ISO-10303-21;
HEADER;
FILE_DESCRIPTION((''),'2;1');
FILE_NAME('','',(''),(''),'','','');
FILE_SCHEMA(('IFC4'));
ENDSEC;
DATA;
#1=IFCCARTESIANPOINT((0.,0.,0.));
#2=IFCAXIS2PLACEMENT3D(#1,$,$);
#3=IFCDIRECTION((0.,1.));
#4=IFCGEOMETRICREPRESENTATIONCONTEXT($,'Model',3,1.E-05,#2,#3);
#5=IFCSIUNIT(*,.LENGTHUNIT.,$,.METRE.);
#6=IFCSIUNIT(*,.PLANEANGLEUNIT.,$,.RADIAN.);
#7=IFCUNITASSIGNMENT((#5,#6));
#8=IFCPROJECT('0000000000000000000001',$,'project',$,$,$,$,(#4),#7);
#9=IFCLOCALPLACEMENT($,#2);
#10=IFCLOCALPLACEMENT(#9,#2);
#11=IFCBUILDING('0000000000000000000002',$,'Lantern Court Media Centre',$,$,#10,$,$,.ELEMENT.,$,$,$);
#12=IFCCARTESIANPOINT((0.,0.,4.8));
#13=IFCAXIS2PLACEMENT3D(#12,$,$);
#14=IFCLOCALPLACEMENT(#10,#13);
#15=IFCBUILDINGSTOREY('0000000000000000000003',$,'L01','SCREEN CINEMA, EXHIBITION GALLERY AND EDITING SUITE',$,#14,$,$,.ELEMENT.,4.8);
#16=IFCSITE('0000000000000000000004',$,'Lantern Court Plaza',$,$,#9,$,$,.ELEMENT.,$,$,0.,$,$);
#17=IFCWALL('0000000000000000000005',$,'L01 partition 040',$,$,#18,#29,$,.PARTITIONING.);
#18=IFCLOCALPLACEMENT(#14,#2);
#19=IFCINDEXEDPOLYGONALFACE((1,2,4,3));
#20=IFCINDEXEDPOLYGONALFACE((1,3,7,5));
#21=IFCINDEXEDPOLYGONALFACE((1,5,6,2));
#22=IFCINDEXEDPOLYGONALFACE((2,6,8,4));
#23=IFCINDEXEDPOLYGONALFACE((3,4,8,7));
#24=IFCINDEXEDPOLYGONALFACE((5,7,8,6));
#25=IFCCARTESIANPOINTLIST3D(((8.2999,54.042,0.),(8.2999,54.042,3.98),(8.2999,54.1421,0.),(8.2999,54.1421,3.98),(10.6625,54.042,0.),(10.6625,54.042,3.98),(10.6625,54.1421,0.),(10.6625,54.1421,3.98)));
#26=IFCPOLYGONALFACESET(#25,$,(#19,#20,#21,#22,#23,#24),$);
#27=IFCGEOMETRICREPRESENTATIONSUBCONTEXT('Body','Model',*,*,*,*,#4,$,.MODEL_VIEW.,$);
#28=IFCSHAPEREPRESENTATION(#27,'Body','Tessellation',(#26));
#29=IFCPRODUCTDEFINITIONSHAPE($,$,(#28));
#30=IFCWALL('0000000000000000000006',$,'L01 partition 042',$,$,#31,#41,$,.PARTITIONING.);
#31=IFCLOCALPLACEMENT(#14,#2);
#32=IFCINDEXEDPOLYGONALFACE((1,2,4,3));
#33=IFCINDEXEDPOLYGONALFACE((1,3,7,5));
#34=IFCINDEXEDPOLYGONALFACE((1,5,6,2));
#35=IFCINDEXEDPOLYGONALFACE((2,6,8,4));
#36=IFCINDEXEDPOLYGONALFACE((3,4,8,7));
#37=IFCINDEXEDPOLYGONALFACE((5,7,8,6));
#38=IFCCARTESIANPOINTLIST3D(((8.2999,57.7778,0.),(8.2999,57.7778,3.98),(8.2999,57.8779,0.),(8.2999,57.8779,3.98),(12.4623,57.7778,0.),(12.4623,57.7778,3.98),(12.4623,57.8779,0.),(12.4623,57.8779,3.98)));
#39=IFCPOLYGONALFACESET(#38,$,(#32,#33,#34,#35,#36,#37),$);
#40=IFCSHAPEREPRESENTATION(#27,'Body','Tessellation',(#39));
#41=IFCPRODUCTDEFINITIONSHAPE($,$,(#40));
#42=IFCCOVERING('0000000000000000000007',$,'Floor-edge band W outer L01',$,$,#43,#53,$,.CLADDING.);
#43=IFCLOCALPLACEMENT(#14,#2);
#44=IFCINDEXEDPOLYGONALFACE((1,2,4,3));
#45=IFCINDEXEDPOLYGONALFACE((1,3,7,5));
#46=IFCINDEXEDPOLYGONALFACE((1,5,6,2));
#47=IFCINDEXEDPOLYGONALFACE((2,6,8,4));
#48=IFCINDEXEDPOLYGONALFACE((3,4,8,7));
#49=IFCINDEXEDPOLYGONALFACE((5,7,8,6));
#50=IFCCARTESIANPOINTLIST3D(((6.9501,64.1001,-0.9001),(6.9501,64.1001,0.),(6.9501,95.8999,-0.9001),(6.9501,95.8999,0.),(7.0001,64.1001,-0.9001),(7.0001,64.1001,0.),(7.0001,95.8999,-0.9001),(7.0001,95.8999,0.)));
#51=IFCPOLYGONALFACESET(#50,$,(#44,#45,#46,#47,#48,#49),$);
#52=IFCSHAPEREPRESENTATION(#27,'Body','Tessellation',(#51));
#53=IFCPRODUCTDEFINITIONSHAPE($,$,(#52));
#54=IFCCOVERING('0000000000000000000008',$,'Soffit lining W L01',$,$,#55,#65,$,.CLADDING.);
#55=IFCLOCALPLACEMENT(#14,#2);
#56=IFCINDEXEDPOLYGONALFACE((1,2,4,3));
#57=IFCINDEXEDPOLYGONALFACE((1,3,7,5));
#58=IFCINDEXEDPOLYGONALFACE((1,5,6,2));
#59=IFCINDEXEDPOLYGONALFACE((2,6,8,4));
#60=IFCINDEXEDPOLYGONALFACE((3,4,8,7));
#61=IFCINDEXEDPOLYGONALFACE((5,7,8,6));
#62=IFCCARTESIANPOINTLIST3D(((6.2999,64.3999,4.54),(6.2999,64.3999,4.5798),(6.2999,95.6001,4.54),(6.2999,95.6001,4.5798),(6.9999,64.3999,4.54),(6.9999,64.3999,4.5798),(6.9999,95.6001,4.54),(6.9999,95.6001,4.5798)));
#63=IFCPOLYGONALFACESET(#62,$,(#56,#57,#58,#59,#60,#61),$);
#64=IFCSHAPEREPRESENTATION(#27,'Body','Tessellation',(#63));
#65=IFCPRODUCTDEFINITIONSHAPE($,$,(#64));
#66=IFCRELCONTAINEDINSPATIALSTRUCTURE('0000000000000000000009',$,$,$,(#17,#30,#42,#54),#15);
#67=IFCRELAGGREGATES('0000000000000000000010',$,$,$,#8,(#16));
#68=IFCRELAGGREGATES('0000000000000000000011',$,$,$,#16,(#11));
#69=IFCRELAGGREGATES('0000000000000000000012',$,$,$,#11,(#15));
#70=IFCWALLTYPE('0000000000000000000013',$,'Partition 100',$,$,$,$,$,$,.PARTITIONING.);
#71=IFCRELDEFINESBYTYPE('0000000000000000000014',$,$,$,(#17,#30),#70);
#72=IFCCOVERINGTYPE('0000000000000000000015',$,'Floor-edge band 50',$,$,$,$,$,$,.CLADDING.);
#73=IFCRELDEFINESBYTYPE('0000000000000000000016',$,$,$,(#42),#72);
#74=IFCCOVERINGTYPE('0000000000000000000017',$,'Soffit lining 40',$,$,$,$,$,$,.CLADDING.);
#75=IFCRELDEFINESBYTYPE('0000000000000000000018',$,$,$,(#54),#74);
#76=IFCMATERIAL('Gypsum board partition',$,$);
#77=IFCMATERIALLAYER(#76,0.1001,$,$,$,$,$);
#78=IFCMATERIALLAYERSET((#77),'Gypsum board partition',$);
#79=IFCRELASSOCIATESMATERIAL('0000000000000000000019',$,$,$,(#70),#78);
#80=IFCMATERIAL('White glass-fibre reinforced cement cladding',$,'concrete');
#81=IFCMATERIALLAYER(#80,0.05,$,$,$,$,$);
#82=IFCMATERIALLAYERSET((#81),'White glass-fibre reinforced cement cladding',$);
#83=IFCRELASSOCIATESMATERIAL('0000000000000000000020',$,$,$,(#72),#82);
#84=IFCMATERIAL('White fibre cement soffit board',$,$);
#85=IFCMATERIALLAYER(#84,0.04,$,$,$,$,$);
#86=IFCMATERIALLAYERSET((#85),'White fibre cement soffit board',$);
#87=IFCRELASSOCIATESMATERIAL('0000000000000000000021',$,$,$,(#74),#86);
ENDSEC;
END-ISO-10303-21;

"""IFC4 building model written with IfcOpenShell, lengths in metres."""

from ifc_helpers import new_model, si_unit, direction, frame, frame_2d, origin, place, context, subcontext, project, spatial, rectangle, extrude, material, layer, layer_set, type_object, element, save


model = new_model("IFC4")

# Units and contexts
model_context = context("Model", 3, precision=1e-05, world=origin(), true_north=direction((0.0, 1.0)))
body_context = subcontext(model_context, "Body", "Model", "MODEL_VIEW")
ifc_project = project(units=[si_unit("LENGTHUNIT", "METRE"), si_unit("PLANEANGLEUNIT", "RADIAN")], contexts=[model_context])

# Site, building, storey
site_placement = place(None, origin())
site = spatial("IfcSite", under=ifc_project, at=site_placement, Name="Lantern Court Plaza", CompositionType="ELEMENT", RefElevation=0.0)
building_placement = place(site_placement, origin())
building = spatial("IfcBuilding", under=site, at=building_placement, Name="Lantern Court Media Centre", CompositionType="ELEMENT")
storey_placement = place(building_placement, frame((0.0, 0.0, 4.8)))
storey = spatial("IfcBuildingStorey", under=building, at=storey_placement, Name="L01", Description="SCREEN CINEMA, EXHIBITION GALLERY AND EDITING SUITE", CompositionType="ELEMENT", Elevation=4.8)

# Walls
ifc_material_1 = material(Name="Gypsum board partition")
ifc_layer_1 = layer(ifc_material_1, 0.1001)
ifc_layer_set_1 = layer_set([ifc_layer_1], Name="Gypsum board partition")
wall_type_1 = type_object("IfcWallType", Name="Partition 100", PredefinedType="PARTITIONING", material=ifc_layer_set_1)
wall_1_placement = place(storey_placement, frame((8.3, 54.092, 0.0), z_axis=(0.0, 0.0, 1.0), x_axis=(1.0, 0.0, 0.0)))
element("IfcWall", 1, at=wall_1_placement, inside=storey, type_object=wall_type_1, Name="L01 partition 040", PredefinedType="PARTITIONING", context=body_context, shape_type="SweptSolid", body=[
    extrude(rectangle(XDim=2.3625, YDim=0.1001, at=frame_2d((1.1812, 0.0))), origin(), (0.0, 0.0, 1.0), 3.98),
])
wall_2_placement = place(storey_placement, frame((8.3, 57.8279, 0.0), z_axis=(0.0, 0.0, 1.0), x_axis=(1.0, 0.0, 0.0)))
element("IfcWall", 2, at=wall_2_placement, inside=storey, type_object=wall_type_1, Name="L01 partition 042", PredefinedType="PARTITIONING", context=body_context, shape_type="SweptSolid", body=[
    extrude(rectangle(XDim=4.1624, YDim=0.1001, at=frame_2d((2.0811, 0.0))), origin(), (0.0, 0.0, 1.0), 3.98),
])

# Coverings
ifc_material_2 = material(Name="White glass-fibre reinforced cement cladding", Category="concrete")
ifc_layer_2 = layer(ifc_material_2, 0.05)
ifc_layer_set_2 = layer_set([ifc_layer_2], Name="White glass-fibre reinforced cement cladding")
covering_type_1 = type_object("IfcCoveringType", Name="Floor-edge band 50", PredefinedType="CLADDING", material=ifc_layer_set_2)
covering_1_placement = place(storey_placement, frame((6.9751, 64.1001, -0.9001), z_axis=(0.0, 0.0, 1.0), x_axis=(0.0, 1.0, 0.0)))
element("IfcCovering", 3, at=covering_1_placement, inside=storey, type_object=covering_type_1, Name="Floor-edge band W outer L01", PredefinedType="CLADDING", context=body_context, shape_type="SweptSolid", body=[
    extrude(rectangle(XDim=31.7998, YDim=0.05, at=frame_2d((15.8999, 0.0))), origin(), (0.0, 0.0, 1.0), 0.9001),
])
ifc_material_3 = material(Name="White fibre cement soffit board")
ifc_layer_3 = layer(ifc_material_3, 0.04)
ifc_layer_set_3 = layer_set([ifc_layer_3], Name="White fibre cement soffit board")
covering_type_2 = type_object("IfcCoveringType", Name="Soffit lining 40", PredefinedType="CLADDING", material=ifc_layer_set_3)
covering_2_placement = place(storey_placement, frame((6.6499, 64.3999, 4.54), z_axis=(0.0, 0.0, 1.0), x_axis=(0.0, 1.0, 0.0)))
element("IfcCovering", 4, at=covering_2_placement, inside=storey, type_object=covering_type_2, Name="Soffit lining W L01", PredefinedType="CLADDING", context=body_context, shape_type="SweptSolid", body=[
    extrude(rectangle(XDim=31.2002, YDim=0.7, at=frame_2d((15.6001, 0.0))), origin(), (0.0, 0.0, 1.0), 0.0398),
])

save(model, "model.ifc")
